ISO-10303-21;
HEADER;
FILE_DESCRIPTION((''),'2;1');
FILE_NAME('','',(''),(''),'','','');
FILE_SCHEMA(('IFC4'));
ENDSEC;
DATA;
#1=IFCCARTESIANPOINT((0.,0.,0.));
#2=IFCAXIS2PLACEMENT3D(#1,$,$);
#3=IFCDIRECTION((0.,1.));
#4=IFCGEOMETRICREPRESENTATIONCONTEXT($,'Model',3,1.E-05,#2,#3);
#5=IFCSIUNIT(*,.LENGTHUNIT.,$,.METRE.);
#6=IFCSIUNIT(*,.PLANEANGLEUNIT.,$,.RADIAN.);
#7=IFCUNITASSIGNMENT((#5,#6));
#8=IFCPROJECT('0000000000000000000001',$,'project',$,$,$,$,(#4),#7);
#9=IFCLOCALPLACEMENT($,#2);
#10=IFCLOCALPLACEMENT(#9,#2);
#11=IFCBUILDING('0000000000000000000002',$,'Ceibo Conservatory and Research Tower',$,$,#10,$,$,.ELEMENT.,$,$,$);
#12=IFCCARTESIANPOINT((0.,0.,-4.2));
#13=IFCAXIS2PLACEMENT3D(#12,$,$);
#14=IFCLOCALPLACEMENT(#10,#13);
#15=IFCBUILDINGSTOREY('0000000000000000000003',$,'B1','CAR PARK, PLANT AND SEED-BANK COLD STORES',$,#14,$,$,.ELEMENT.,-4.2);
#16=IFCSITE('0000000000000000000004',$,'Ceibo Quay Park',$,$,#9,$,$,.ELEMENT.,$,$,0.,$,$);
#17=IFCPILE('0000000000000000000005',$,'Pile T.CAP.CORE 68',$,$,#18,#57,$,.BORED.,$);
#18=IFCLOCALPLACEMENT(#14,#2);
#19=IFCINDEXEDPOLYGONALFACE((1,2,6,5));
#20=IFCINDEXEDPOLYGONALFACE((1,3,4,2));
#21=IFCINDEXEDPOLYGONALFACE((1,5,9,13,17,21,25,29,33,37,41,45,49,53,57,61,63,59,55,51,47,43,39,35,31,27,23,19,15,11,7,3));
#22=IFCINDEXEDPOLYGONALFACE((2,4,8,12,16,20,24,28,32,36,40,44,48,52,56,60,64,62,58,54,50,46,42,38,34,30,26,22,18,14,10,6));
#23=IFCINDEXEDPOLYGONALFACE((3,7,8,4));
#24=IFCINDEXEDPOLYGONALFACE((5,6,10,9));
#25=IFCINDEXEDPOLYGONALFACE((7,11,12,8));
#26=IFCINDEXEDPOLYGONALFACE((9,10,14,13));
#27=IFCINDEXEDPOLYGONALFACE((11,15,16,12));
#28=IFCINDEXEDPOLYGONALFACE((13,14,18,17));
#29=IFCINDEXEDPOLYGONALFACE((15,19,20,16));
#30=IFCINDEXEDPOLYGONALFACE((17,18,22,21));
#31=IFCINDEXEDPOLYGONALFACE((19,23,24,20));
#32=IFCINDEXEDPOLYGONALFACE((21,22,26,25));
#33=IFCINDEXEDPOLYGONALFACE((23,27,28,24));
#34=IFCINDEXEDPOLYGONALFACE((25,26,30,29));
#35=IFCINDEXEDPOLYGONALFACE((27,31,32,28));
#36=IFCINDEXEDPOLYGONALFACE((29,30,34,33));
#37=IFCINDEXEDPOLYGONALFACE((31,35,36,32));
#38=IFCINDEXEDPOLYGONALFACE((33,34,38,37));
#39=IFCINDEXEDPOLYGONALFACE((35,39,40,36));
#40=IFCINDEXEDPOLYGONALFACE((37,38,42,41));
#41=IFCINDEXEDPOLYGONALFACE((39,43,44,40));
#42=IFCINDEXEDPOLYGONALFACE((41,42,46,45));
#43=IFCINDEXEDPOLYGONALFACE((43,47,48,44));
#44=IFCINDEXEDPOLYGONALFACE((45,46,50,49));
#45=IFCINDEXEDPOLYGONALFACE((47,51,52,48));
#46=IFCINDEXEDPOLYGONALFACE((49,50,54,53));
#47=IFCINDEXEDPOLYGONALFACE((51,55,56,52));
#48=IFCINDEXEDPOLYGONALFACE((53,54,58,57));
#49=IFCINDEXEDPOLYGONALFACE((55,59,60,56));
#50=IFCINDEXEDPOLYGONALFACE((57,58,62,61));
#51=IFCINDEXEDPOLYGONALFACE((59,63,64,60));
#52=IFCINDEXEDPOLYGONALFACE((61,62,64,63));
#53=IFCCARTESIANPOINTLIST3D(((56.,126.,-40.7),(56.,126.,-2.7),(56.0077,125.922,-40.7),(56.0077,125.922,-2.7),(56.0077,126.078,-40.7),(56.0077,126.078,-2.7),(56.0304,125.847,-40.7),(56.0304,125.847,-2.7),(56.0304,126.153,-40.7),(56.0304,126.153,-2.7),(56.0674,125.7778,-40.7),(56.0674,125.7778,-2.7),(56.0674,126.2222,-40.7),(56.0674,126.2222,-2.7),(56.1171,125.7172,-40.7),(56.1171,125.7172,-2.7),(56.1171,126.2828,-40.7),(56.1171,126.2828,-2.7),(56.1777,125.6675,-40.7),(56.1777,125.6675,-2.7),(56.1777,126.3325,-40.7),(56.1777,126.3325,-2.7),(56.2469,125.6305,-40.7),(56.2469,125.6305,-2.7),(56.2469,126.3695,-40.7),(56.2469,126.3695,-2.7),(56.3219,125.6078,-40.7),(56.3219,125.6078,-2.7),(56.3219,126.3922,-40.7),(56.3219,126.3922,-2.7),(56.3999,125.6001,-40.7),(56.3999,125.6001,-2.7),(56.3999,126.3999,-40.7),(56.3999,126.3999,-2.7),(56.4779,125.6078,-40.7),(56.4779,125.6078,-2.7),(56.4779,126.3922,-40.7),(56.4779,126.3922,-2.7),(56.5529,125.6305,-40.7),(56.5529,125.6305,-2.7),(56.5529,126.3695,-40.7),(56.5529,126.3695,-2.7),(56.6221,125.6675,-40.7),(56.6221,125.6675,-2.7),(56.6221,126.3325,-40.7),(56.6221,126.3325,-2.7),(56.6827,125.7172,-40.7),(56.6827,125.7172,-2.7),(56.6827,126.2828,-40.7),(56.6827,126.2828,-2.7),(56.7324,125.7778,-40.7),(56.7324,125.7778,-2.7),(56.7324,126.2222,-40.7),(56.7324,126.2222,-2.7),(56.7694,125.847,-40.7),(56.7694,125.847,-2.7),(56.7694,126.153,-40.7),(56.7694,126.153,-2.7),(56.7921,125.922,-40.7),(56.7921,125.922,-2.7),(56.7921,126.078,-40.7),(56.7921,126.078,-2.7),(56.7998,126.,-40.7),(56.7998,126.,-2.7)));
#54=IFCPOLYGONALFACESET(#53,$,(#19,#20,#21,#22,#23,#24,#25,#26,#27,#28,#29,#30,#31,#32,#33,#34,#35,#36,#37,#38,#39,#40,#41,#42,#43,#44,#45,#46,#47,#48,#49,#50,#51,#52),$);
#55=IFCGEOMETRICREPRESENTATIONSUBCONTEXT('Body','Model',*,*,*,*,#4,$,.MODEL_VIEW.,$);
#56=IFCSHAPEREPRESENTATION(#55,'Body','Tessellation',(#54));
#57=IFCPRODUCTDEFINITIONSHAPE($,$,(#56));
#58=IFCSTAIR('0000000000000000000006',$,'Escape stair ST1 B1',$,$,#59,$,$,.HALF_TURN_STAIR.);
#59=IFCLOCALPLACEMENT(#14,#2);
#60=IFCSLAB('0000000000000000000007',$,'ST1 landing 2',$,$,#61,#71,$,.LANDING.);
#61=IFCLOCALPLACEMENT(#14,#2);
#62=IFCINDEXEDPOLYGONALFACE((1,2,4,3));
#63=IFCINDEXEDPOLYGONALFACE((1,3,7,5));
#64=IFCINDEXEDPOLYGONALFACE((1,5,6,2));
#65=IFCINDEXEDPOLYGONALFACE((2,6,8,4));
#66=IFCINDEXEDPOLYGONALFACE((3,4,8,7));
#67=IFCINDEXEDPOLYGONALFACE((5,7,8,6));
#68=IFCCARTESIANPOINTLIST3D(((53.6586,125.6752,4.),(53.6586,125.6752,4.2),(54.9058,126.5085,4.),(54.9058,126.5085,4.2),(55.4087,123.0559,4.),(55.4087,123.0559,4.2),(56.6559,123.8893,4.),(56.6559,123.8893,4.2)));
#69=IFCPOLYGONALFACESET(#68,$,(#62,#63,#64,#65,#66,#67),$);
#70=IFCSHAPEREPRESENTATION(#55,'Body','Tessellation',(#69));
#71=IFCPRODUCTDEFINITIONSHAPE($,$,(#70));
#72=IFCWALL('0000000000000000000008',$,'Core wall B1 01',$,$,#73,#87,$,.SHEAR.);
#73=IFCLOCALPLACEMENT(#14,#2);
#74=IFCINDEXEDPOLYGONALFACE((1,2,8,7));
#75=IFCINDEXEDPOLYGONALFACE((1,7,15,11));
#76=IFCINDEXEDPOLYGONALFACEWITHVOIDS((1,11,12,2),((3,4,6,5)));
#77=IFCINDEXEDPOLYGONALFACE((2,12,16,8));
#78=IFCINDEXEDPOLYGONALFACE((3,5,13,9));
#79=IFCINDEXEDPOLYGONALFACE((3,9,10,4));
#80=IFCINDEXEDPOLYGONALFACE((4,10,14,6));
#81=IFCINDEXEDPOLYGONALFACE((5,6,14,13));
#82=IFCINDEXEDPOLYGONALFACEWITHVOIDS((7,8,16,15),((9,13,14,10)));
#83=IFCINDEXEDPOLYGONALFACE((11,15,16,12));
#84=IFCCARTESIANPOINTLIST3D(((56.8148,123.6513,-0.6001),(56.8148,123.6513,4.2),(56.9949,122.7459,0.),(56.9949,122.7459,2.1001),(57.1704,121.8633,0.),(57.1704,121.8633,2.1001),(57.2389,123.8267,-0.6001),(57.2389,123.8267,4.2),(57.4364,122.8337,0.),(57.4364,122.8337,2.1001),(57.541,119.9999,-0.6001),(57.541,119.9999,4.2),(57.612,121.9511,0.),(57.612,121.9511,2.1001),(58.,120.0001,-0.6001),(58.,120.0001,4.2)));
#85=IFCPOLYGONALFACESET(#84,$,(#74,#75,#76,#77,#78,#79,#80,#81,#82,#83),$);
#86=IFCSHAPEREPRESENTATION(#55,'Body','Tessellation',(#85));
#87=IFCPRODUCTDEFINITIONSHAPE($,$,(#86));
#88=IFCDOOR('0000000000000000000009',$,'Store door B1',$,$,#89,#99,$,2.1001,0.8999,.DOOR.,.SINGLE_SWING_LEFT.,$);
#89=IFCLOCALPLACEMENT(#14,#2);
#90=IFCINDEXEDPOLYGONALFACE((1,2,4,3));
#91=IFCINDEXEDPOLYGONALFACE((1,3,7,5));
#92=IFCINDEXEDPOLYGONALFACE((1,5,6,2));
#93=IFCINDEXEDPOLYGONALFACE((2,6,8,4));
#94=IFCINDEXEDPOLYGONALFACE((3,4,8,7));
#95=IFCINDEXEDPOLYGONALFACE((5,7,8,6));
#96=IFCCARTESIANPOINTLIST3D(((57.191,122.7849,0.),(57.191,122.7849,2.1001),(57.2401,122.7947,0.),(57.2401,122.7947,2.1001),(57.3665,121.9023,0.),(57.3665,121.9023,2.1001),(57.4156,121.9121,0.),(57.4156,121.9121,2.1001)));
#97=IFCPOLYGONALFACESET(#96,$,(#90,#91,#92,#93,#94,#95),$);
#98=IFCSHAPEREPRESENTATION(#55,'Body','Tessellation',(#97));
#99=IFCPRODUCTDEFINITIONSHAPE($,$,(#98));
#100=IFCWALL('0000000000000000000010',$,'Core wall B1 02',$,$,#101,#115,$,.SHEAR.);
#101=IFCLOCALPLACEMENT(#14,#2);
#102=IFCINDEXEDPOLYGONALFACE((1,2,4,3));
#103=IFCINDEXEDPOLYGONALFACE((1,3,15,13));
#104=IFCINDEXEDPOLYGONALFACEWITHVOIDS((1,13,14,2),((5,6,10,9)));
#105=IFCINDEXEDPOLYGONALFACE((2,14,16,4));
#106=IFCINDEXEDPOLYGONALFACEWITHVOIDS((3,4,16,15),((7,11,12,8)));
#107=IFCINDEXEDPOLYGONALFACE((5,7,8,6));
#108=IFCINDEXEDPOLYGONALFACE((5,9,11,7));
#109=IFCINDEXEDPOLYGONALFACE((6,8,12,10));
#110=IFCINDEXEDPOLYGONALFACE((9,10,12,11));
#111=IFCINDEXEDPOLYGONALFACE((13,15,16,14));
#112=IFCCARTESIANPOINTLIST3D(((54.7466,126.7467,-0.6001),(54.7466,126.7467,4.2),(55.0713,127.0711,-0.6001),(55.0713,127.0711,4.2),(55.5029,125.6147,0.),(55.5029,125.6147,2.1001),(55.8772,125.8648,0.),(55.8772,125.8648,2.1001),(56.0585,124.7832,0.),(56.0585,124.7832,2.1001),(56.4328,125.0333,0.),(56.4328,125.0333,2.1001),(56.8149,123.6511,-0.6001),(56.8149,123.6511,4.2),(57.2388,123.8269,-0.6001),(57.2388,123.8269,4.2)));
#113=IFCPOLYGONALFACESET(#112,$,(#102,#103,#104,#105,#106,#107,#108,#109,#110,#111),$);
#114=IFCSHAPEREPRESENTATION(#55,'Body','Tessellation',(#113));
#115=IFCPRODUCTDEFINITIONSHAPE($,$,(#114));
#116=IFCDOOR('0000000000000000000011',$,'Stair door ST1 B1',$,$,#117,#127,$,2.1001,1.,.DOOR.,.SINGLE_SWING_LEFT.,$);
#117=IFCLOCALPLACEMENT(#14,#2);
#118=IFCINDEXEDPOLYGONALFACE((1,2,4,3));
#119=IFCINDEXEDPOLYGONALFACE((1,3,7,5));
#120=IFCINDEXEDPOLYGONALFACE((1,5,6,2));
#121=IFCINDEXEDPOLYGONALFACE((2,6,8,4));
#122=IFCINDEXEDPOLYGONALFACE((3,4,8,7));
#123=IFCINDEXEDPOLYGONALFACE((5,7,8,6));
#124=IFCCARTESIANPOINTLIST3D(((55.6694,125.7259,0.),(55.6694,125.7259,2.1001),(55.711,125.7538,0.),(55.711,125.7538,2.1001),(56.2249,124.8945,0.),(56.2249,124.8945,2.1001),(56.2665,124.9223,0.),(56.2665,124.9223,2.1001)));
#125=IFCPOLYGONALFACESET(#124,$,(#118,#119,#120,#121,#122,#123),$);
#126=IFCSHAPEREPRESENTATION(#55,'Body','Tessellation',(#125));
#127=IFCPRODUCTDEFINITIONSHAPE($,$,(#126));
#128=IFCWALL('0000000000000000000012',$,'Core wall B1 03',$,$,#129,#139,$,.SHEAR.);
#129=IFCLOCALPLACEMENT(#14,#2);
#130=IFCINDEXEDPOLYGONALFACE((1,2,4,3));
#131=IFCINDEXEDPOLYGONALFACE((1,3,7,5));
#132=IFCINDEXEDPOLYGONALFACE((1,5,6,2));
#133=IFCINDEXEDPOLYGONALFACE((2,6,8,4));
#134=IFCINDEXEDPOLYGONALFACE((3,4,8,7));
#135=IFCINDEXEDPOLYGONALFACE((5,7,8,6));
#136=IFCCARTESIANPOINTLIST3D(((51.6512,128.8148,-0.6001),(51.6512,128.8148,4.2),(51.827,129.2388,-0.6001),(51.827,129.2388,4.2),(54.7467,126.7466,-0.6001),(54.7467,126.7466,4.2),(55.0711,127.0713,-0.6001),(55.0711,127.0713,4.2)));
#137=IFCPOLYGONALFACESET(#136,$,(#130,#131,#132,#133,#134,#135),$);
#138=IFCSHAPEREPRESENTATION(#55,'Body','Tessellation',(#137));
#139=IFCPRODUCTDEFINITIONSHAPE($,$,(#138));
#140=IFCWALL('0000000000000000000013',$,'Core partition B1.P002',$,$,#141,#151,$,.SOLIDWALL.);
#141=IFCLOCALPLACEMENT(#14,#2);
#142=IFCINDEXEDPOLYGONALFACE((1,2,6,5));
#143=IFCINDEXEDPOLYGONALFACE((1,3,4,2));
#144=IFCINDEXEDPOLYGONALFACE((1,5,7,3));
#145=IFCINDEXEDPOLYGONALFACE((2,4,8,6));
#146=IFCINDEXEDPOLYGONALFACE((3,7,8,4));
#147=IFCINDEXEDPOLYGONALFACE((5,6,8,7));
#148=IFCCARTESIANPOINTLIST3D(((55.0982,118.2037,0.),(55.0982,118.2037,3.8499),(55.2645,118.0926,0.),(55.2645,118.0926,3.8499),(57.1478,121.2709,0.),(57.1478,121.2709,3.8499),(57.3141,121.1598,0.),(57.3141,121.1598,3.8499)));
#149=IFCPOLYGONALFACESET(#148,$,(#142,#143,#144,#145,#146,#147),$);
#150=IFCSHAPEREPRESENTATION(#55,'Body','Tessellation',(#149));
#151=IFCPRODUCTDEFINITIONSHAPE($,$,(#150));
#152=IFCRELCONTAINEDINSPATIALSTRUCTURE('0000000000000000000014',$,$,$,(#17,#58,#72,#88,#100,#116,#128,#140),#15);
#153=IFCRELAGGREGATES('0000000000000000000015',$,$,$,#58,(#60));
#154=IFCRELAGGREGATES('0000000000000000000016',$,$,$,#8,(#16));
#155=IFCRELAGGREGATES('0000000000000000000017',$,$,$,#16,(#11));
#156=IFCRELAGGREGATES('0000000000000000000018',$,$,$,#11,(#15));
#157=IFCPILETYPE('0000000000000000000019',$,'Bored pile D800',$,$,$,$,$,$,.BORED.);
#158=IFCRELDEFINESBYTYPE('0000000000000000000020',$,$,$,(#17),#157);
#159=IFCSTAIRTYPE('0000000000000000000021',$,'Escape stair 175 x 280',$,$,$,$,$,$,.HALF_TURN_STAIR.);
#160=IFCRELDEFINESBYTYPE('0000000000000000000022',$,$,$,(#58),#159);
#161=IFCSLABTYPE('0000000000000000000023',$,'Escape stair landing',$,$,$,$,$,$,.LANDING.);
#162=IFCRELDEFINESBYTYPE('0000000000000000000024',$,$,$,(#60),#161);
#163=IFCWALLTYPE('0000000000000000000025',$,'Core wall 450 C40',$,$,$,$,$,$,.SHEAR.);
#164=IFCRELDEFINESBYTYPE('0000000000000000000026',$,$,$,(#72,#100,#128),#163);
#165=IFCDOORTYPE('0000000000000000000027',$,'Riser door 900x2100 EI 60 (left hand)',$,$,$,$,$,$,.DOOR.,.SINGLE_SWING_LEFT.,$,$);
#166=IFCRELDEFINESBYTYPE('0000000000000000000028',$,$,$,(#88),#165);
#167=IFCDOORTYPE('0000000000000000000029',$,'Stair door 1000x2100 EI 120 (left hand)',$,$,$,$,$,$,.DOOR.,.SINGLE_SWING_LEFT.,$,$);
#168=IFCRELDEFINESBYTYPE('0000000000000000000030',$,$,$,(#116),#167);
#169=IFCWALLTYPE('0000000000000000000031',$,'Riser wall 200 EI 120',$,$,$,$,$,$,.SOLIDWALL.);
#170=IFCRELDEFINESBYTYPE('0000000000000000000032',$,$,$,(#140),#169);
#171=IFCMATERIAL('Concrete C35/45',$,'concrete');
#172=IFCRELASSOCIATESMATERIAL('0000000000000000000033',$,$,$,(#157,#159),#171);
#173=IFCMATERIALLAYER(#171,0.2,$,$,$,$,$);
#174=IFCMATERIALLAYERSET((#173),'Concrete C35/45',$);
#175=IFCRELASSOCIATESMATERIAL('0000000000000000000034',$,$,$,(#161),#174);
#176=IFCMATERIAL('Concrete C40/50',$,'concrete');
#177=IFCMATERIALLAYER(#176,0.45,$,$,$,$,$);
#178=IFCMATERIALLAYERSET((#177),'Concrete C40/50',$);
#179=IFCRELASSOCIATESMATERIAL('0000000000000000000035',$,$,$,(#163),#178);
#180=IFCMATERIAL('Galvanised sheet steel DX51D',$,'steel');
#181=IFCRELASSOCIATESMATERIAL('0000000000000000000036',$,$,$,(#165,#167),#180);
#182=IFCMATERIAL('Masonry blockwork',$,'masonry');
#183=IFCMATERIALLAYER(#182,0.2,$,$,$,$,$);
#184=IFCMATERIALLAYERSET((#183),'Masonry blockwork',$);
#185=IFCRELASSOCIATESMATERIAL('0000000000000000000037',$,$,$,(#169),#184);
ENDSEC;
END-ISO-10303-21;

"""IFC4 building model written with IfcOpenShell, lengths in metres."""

from ifc_helpers import new_model, si_unit, direction, frame, frame_2d, origin, origin_2d, place, context, subcontext, project, spatial, polyline, rectangle, circle, outline, extrude, material, layer, layer_set, material_profile, profile_set, type_object, element, fill, aggregate, save


model = new_model("IFC4")

# Units and contexts
model_context = context("Model", 3, precision=1e-05, world=origin(), true_north=direction((0.0, 1.0)))
body_context = subcontext(model_context, "Body", "Model", "MODEL_VIEW")
ifc_project = project(units=[si_unit("LENGTHUNIT", "METRE"), si_unit("PLANEANGLEUNIT", "RADIAN")], contexts=[model_context])

# Site, building, storey
site_placement = place(None, origin())
site = spatial("IfcSite", under=ifc_project, at=site_placement, Name="Ceibo Quay Park", CompositionType="ELEMENT", RefElevation=0.0)
building_placement = place(site_placement, origin())
building = spatial("IfcBuilding", under=site, at=building_placement, Name="Ceibo Conservatory and Research Tower", CompositionType="ELEMENT")
storey_placement = place(building_placement, frame((0.0, 0.0, -4.2)))
storey = spatial("IfcBuildingStorey", under=building, at=storey_placement, Name="B1", Description="CAR PARK, PLANT AND SEED-BANK COLD STORES", CompositionType="ELEMENT", Elevation=-4.2)

# Pile
ifc_material_1 = material(Name="Concrete C35/45", Category="concrete")
ifc_material_profile = material_profile(ifc_material_1, circle(Radius=0.3999, at=origin_2d()), Name="RC D800")
ifc_profile_set = profile_set([ifc_material_profile], Name="Concrete C35/45")
pile_type = type_object("IfcPileType", Name="Bored pile D800", PredefinedType="BORED", material=ifc_profile_set)
for number, where, z_axis, x_axis, name in (
    (1, (56.3999, 126.0, -2.7), (0.0, 0.0, -1.0), (1.0, 0.0, 0.0), "Pile T.CAP.CORE 68"),
):
    element("IfcPile", number, at=place(storey_placement, frame(where, z_axis=z_axis, x_axis=x_axis)), inside=storey, type_object=pile_type, Name=name, PredefinedType="BORED", context=body_context, shape_type="SweptSolid", body=[
        extrude(circle(Radius=0.3999, at=origin_2d()), origin(), (0.0, 0.0, 1.0), 38.0),
    ])

# Stair, slab
stair_type = type_object("IfcStairType", Name="Escape stair 175 x 280", PredefinedType="HALF_TURN_STAIR", material=ifc_material_1)
stair_placement = place(storey_placement, origin())
stair = element("IfcStair", 2, at=stair_placement, inside=storey, type_object=stair_type, Name="Escape stair ST1 B1", PredefinedType="HALF_TURN_STAIR")
ifc_layer_1 = layer(ifc_material_1, 0.2)
ifc_layer_set_1 = layer_set([ifc_layer_1], Name="Concrete C35/45")
slab_type = type_object("IfcSlabType", Name="Escape stair landing", PredefinedType="LANDING", material=ifc_layer_set_1)
slab_placement = place(storey_placement, frame((54.9058, 126.5085, 4.0), z_axis=(0.0, 0.0, 1.0), x_axis=(-0.83147, -0.55557, 0.0)))
slab = element("IfcSlab", 3, at=slab_placement, type_object=slab_type, Name="ST1 landing 2", PredefinedType="LANDING", context=body_context, shape_type="SweptSolid", body=[
    extrude(outline(polyline([(0.0, 0.0), (1.5, 0.0), (1.5, 3.1501), (0.0, 3.1501), (0.0, 0.0)])), origin(), (0.0, 0.0, 1.0), 0.2),
])

# Walls, openings, doors
ifc_material_2 = material(Name="Concrete C40/50", Category="concrete")
ifc_layer_2 = layer(ifc_material_2, 0.45)
ifc_layer_set_2 = layer_set([ifc_layer_2], Name="Concrete C40/50")
wall_type_1 = type_object("IfcWallType", Name="Core wall 450 C40", PredefinedType="SHEAR", material=ifc_layer_set_2)
wall_1_placement = place(storey_placement, frame((57.7705, 120.0, -0.6001), z_axis=(0.0, 0.0, 1.0), x_axis=(-0.195069, 0.980789, 0.0)))
wall_1 = element("IfcWall", 4, at=wall_1_placement, inside=storey, type_object=wall_type_1, Name="Core wall B1 01", PredefinedType="SHEAR", context=body_context, shape_type="SweptSolid", body=[
    extrude(outline(polyline([(-0.0447, -0.2251), (3.8569, -0.2251), (3.7676, 0.2251), (0.0447, 0.2251), (-0.0447, -0.2251)])), origin(), (0.0, 0.0, 1.0), 4.8),
])
opening_1_placement = place(wall_1_placement, frame((1.9446, 0.0, 0.6001)))
opening_1 = element("IfcOpeningElement", 5, at=opening_1_placement, cuts=wall_1, PredefinedType="OPENING", context=body_context, shape_type="SweptSolid", body=[
    extrude(rectangle(XDim=0.8999, YDim=2.1001, at=frame_2d((0.45, 1.05))), frame((0.0, 0.2349, 0.0), z_axis=(0.0, -1.0, 0.0), x_axis=(1.0, 0.0, 0.0)), (0.0, 0.0, 1.0), 0.47),
])
ifc_material_3 = material(Name="Galvanised sheet steel DX51D", Category="steel")
door_type_1 = type_object("IfcDoorType", Name="Riser door 900x2100 EI 60 (left hand)", OperationType="SINGLE_SWING_LEFT", PredefinedType="DOOR", material=ifc_material_3)
door_1_placement = place(opening_1_placement, frame((0.8999, 0.0, 0.0), z_axis=(0.0, 0.0, 1.0), x_axis=(-1.0, 0.0, 0.0)))
door_1 = element("IfcDoor", 6, at=door_1_placement, inside=storey, type_object=door_type_1, Name="Store door B1", OperationType="SINGLE_SWING_LEFT", OverallHeight=2.1001, OverallWidth=0.8999, PredefinedType="DOOR", context=body_context, shape_type="SweptSolid", body=[
    extrude(rectangle(XDim=0.8999, YDim=2.1001, at=frame_2d((0.45, 1.05))), frame((0.0, 0.0249, 0.0), z_axis=(0.0, -1.0, 0.0), x_axis=(1.0, 0.0, 0.0)), (0.0, 0.0, 1.0), 0.05),
])
fill(opening_1, door_1)
wall_2_placement = place(storey_placement, frame((57.0269, 123.739, -0.6001), z_axis=(0.0, 0.0, 1.0), x_axis=(-0.555542, 0.831488, 0.0)))
wall_2 = element("IfcWall", 7, at=wall_2_placement, inside=storey, type_object=wall_type_1, Name="Core wall B1 02", PredefinedType="SHEAR", context=body_context, shape_type="SweptSolid", body=[
    extrude(outline(polyline([(-0.0447, -0.2251), (3.8569, -0.2251), (3.7676, 0.2251), (0.0447, 0.2251), (-0.0447, -0.2251)])), origin(), (0.0, 0.0, 1.0), 4.8),
])
opening_2_placement = place(wall_2_placement, frame((1.4062, 0.0, 0.6001)))
opening_2 = element("IfcOpeningElement", 8, at=opening_2_placement, cuts=wall_2, PredefinedType="OPENING", context=body_context, shape_type="SweptSolid", body=[
    extrude(rectangle(XDim=1.0, YDim=2.1001, at=frame_2d((0.5, 1.05))), frame((0.0, 0.2349, 0.0), z_axis=(0.0, -1.0, 0.0), x_axis=(1.0, 0.0, 0.0)), (0.0, 0.0, 1.0), 0.47),
])
door_type_2 = type_object("IfcDoorType", Name="Stair door 1000x2100 EI 120 (left hand)", OperationType="SINGLE_SWING_LEFT", PredefinedType="DOOR", material=ifc_material_3)
door_2_placement = place(opening_2_placement, origin())
door_2 = element("IfcDoor", 9, at=door_2_placement, inside=storey, type_object=door_type_2, Name="Stair door ST1 B1", OperationType="SINGLE_SWING_LEFT", OverallHeight=2.1001, OverallWidth=1.0, PredefinedType="DOOR", context=body_context, shape_type="SweptSolid", body=[
    extrude(rectangle(XDim=1.0, YDim=2.1001, at=frame_2d((0.5, 1.05))), frame((0.0, 0.0249, 0.0), z_axis=(0.0, -1.0, 0.0), x_axis=(1.0, 0.0, 0.0)), (0.0, 0.0, 1.0), 0.05),
])
fill(opening_2, door_2)

# Walls
wall_3_placement = place(storey_placement, frame((54.9089, 126.9089, -0.6001), z_axis=(0.0, 0.0, 1.0), x_axis=(-0.831488, 0.555542, 0.0)))
element("IfcWall", 10, at=wall_3_placement, inside=storey, type_object=wall_type_1, Name="Core wall B1 03", PredefinedType="SHEAR", context=body_context, shape_type="SweptSolid", body=[
    extrude(outline(polyline([(-0.0447, -0.2251), (3.8569, -0.2251), (3.7676, 0.2251), (0.0447, 0.2251), (-0.0447, -0.2251)])), origin(), (0.0, 0.0, 1.0), 4.8),
])
ifc_material_4 = material(Name="Masonry blockwork", Category="masonry")
ifc_layer_3 = layer(ifc_material_4, 0.2)
ifc_layer_set_3 = layer_set([ifc_layer_3], Name="Masonry blockwork")
wall_type_2 = type_object("IfcWallType", Name="Riser wall 200 EI 120", PredefinedType="SOLIDWALL", material=ifc_layer_set_3)
wall_4_placement = place(storey_placement, frame((57.231, 121.2153, 0.0), z_axis=(0.0, 0.0, 1.0), x_axis=(-0.555601, -0.831449, 0.0)))
element("IfcWall", 11, at=wall_4_placement, inside=storey, type_object=wall_type_2, Name="Core partition B1.P002", PredefinedType="SOLIDWALL", context=body_context, shape_type="SweptSolid", body=[
    extrude(rectangle(XDim=3.689, YDim=0.2, at=frame_2d((1.8445, 0.0))), origin(), (0.0, 0.0, 1.0), 3.8499),
])

aggregate(stair, [slab])

save(model, "model.ifc")
